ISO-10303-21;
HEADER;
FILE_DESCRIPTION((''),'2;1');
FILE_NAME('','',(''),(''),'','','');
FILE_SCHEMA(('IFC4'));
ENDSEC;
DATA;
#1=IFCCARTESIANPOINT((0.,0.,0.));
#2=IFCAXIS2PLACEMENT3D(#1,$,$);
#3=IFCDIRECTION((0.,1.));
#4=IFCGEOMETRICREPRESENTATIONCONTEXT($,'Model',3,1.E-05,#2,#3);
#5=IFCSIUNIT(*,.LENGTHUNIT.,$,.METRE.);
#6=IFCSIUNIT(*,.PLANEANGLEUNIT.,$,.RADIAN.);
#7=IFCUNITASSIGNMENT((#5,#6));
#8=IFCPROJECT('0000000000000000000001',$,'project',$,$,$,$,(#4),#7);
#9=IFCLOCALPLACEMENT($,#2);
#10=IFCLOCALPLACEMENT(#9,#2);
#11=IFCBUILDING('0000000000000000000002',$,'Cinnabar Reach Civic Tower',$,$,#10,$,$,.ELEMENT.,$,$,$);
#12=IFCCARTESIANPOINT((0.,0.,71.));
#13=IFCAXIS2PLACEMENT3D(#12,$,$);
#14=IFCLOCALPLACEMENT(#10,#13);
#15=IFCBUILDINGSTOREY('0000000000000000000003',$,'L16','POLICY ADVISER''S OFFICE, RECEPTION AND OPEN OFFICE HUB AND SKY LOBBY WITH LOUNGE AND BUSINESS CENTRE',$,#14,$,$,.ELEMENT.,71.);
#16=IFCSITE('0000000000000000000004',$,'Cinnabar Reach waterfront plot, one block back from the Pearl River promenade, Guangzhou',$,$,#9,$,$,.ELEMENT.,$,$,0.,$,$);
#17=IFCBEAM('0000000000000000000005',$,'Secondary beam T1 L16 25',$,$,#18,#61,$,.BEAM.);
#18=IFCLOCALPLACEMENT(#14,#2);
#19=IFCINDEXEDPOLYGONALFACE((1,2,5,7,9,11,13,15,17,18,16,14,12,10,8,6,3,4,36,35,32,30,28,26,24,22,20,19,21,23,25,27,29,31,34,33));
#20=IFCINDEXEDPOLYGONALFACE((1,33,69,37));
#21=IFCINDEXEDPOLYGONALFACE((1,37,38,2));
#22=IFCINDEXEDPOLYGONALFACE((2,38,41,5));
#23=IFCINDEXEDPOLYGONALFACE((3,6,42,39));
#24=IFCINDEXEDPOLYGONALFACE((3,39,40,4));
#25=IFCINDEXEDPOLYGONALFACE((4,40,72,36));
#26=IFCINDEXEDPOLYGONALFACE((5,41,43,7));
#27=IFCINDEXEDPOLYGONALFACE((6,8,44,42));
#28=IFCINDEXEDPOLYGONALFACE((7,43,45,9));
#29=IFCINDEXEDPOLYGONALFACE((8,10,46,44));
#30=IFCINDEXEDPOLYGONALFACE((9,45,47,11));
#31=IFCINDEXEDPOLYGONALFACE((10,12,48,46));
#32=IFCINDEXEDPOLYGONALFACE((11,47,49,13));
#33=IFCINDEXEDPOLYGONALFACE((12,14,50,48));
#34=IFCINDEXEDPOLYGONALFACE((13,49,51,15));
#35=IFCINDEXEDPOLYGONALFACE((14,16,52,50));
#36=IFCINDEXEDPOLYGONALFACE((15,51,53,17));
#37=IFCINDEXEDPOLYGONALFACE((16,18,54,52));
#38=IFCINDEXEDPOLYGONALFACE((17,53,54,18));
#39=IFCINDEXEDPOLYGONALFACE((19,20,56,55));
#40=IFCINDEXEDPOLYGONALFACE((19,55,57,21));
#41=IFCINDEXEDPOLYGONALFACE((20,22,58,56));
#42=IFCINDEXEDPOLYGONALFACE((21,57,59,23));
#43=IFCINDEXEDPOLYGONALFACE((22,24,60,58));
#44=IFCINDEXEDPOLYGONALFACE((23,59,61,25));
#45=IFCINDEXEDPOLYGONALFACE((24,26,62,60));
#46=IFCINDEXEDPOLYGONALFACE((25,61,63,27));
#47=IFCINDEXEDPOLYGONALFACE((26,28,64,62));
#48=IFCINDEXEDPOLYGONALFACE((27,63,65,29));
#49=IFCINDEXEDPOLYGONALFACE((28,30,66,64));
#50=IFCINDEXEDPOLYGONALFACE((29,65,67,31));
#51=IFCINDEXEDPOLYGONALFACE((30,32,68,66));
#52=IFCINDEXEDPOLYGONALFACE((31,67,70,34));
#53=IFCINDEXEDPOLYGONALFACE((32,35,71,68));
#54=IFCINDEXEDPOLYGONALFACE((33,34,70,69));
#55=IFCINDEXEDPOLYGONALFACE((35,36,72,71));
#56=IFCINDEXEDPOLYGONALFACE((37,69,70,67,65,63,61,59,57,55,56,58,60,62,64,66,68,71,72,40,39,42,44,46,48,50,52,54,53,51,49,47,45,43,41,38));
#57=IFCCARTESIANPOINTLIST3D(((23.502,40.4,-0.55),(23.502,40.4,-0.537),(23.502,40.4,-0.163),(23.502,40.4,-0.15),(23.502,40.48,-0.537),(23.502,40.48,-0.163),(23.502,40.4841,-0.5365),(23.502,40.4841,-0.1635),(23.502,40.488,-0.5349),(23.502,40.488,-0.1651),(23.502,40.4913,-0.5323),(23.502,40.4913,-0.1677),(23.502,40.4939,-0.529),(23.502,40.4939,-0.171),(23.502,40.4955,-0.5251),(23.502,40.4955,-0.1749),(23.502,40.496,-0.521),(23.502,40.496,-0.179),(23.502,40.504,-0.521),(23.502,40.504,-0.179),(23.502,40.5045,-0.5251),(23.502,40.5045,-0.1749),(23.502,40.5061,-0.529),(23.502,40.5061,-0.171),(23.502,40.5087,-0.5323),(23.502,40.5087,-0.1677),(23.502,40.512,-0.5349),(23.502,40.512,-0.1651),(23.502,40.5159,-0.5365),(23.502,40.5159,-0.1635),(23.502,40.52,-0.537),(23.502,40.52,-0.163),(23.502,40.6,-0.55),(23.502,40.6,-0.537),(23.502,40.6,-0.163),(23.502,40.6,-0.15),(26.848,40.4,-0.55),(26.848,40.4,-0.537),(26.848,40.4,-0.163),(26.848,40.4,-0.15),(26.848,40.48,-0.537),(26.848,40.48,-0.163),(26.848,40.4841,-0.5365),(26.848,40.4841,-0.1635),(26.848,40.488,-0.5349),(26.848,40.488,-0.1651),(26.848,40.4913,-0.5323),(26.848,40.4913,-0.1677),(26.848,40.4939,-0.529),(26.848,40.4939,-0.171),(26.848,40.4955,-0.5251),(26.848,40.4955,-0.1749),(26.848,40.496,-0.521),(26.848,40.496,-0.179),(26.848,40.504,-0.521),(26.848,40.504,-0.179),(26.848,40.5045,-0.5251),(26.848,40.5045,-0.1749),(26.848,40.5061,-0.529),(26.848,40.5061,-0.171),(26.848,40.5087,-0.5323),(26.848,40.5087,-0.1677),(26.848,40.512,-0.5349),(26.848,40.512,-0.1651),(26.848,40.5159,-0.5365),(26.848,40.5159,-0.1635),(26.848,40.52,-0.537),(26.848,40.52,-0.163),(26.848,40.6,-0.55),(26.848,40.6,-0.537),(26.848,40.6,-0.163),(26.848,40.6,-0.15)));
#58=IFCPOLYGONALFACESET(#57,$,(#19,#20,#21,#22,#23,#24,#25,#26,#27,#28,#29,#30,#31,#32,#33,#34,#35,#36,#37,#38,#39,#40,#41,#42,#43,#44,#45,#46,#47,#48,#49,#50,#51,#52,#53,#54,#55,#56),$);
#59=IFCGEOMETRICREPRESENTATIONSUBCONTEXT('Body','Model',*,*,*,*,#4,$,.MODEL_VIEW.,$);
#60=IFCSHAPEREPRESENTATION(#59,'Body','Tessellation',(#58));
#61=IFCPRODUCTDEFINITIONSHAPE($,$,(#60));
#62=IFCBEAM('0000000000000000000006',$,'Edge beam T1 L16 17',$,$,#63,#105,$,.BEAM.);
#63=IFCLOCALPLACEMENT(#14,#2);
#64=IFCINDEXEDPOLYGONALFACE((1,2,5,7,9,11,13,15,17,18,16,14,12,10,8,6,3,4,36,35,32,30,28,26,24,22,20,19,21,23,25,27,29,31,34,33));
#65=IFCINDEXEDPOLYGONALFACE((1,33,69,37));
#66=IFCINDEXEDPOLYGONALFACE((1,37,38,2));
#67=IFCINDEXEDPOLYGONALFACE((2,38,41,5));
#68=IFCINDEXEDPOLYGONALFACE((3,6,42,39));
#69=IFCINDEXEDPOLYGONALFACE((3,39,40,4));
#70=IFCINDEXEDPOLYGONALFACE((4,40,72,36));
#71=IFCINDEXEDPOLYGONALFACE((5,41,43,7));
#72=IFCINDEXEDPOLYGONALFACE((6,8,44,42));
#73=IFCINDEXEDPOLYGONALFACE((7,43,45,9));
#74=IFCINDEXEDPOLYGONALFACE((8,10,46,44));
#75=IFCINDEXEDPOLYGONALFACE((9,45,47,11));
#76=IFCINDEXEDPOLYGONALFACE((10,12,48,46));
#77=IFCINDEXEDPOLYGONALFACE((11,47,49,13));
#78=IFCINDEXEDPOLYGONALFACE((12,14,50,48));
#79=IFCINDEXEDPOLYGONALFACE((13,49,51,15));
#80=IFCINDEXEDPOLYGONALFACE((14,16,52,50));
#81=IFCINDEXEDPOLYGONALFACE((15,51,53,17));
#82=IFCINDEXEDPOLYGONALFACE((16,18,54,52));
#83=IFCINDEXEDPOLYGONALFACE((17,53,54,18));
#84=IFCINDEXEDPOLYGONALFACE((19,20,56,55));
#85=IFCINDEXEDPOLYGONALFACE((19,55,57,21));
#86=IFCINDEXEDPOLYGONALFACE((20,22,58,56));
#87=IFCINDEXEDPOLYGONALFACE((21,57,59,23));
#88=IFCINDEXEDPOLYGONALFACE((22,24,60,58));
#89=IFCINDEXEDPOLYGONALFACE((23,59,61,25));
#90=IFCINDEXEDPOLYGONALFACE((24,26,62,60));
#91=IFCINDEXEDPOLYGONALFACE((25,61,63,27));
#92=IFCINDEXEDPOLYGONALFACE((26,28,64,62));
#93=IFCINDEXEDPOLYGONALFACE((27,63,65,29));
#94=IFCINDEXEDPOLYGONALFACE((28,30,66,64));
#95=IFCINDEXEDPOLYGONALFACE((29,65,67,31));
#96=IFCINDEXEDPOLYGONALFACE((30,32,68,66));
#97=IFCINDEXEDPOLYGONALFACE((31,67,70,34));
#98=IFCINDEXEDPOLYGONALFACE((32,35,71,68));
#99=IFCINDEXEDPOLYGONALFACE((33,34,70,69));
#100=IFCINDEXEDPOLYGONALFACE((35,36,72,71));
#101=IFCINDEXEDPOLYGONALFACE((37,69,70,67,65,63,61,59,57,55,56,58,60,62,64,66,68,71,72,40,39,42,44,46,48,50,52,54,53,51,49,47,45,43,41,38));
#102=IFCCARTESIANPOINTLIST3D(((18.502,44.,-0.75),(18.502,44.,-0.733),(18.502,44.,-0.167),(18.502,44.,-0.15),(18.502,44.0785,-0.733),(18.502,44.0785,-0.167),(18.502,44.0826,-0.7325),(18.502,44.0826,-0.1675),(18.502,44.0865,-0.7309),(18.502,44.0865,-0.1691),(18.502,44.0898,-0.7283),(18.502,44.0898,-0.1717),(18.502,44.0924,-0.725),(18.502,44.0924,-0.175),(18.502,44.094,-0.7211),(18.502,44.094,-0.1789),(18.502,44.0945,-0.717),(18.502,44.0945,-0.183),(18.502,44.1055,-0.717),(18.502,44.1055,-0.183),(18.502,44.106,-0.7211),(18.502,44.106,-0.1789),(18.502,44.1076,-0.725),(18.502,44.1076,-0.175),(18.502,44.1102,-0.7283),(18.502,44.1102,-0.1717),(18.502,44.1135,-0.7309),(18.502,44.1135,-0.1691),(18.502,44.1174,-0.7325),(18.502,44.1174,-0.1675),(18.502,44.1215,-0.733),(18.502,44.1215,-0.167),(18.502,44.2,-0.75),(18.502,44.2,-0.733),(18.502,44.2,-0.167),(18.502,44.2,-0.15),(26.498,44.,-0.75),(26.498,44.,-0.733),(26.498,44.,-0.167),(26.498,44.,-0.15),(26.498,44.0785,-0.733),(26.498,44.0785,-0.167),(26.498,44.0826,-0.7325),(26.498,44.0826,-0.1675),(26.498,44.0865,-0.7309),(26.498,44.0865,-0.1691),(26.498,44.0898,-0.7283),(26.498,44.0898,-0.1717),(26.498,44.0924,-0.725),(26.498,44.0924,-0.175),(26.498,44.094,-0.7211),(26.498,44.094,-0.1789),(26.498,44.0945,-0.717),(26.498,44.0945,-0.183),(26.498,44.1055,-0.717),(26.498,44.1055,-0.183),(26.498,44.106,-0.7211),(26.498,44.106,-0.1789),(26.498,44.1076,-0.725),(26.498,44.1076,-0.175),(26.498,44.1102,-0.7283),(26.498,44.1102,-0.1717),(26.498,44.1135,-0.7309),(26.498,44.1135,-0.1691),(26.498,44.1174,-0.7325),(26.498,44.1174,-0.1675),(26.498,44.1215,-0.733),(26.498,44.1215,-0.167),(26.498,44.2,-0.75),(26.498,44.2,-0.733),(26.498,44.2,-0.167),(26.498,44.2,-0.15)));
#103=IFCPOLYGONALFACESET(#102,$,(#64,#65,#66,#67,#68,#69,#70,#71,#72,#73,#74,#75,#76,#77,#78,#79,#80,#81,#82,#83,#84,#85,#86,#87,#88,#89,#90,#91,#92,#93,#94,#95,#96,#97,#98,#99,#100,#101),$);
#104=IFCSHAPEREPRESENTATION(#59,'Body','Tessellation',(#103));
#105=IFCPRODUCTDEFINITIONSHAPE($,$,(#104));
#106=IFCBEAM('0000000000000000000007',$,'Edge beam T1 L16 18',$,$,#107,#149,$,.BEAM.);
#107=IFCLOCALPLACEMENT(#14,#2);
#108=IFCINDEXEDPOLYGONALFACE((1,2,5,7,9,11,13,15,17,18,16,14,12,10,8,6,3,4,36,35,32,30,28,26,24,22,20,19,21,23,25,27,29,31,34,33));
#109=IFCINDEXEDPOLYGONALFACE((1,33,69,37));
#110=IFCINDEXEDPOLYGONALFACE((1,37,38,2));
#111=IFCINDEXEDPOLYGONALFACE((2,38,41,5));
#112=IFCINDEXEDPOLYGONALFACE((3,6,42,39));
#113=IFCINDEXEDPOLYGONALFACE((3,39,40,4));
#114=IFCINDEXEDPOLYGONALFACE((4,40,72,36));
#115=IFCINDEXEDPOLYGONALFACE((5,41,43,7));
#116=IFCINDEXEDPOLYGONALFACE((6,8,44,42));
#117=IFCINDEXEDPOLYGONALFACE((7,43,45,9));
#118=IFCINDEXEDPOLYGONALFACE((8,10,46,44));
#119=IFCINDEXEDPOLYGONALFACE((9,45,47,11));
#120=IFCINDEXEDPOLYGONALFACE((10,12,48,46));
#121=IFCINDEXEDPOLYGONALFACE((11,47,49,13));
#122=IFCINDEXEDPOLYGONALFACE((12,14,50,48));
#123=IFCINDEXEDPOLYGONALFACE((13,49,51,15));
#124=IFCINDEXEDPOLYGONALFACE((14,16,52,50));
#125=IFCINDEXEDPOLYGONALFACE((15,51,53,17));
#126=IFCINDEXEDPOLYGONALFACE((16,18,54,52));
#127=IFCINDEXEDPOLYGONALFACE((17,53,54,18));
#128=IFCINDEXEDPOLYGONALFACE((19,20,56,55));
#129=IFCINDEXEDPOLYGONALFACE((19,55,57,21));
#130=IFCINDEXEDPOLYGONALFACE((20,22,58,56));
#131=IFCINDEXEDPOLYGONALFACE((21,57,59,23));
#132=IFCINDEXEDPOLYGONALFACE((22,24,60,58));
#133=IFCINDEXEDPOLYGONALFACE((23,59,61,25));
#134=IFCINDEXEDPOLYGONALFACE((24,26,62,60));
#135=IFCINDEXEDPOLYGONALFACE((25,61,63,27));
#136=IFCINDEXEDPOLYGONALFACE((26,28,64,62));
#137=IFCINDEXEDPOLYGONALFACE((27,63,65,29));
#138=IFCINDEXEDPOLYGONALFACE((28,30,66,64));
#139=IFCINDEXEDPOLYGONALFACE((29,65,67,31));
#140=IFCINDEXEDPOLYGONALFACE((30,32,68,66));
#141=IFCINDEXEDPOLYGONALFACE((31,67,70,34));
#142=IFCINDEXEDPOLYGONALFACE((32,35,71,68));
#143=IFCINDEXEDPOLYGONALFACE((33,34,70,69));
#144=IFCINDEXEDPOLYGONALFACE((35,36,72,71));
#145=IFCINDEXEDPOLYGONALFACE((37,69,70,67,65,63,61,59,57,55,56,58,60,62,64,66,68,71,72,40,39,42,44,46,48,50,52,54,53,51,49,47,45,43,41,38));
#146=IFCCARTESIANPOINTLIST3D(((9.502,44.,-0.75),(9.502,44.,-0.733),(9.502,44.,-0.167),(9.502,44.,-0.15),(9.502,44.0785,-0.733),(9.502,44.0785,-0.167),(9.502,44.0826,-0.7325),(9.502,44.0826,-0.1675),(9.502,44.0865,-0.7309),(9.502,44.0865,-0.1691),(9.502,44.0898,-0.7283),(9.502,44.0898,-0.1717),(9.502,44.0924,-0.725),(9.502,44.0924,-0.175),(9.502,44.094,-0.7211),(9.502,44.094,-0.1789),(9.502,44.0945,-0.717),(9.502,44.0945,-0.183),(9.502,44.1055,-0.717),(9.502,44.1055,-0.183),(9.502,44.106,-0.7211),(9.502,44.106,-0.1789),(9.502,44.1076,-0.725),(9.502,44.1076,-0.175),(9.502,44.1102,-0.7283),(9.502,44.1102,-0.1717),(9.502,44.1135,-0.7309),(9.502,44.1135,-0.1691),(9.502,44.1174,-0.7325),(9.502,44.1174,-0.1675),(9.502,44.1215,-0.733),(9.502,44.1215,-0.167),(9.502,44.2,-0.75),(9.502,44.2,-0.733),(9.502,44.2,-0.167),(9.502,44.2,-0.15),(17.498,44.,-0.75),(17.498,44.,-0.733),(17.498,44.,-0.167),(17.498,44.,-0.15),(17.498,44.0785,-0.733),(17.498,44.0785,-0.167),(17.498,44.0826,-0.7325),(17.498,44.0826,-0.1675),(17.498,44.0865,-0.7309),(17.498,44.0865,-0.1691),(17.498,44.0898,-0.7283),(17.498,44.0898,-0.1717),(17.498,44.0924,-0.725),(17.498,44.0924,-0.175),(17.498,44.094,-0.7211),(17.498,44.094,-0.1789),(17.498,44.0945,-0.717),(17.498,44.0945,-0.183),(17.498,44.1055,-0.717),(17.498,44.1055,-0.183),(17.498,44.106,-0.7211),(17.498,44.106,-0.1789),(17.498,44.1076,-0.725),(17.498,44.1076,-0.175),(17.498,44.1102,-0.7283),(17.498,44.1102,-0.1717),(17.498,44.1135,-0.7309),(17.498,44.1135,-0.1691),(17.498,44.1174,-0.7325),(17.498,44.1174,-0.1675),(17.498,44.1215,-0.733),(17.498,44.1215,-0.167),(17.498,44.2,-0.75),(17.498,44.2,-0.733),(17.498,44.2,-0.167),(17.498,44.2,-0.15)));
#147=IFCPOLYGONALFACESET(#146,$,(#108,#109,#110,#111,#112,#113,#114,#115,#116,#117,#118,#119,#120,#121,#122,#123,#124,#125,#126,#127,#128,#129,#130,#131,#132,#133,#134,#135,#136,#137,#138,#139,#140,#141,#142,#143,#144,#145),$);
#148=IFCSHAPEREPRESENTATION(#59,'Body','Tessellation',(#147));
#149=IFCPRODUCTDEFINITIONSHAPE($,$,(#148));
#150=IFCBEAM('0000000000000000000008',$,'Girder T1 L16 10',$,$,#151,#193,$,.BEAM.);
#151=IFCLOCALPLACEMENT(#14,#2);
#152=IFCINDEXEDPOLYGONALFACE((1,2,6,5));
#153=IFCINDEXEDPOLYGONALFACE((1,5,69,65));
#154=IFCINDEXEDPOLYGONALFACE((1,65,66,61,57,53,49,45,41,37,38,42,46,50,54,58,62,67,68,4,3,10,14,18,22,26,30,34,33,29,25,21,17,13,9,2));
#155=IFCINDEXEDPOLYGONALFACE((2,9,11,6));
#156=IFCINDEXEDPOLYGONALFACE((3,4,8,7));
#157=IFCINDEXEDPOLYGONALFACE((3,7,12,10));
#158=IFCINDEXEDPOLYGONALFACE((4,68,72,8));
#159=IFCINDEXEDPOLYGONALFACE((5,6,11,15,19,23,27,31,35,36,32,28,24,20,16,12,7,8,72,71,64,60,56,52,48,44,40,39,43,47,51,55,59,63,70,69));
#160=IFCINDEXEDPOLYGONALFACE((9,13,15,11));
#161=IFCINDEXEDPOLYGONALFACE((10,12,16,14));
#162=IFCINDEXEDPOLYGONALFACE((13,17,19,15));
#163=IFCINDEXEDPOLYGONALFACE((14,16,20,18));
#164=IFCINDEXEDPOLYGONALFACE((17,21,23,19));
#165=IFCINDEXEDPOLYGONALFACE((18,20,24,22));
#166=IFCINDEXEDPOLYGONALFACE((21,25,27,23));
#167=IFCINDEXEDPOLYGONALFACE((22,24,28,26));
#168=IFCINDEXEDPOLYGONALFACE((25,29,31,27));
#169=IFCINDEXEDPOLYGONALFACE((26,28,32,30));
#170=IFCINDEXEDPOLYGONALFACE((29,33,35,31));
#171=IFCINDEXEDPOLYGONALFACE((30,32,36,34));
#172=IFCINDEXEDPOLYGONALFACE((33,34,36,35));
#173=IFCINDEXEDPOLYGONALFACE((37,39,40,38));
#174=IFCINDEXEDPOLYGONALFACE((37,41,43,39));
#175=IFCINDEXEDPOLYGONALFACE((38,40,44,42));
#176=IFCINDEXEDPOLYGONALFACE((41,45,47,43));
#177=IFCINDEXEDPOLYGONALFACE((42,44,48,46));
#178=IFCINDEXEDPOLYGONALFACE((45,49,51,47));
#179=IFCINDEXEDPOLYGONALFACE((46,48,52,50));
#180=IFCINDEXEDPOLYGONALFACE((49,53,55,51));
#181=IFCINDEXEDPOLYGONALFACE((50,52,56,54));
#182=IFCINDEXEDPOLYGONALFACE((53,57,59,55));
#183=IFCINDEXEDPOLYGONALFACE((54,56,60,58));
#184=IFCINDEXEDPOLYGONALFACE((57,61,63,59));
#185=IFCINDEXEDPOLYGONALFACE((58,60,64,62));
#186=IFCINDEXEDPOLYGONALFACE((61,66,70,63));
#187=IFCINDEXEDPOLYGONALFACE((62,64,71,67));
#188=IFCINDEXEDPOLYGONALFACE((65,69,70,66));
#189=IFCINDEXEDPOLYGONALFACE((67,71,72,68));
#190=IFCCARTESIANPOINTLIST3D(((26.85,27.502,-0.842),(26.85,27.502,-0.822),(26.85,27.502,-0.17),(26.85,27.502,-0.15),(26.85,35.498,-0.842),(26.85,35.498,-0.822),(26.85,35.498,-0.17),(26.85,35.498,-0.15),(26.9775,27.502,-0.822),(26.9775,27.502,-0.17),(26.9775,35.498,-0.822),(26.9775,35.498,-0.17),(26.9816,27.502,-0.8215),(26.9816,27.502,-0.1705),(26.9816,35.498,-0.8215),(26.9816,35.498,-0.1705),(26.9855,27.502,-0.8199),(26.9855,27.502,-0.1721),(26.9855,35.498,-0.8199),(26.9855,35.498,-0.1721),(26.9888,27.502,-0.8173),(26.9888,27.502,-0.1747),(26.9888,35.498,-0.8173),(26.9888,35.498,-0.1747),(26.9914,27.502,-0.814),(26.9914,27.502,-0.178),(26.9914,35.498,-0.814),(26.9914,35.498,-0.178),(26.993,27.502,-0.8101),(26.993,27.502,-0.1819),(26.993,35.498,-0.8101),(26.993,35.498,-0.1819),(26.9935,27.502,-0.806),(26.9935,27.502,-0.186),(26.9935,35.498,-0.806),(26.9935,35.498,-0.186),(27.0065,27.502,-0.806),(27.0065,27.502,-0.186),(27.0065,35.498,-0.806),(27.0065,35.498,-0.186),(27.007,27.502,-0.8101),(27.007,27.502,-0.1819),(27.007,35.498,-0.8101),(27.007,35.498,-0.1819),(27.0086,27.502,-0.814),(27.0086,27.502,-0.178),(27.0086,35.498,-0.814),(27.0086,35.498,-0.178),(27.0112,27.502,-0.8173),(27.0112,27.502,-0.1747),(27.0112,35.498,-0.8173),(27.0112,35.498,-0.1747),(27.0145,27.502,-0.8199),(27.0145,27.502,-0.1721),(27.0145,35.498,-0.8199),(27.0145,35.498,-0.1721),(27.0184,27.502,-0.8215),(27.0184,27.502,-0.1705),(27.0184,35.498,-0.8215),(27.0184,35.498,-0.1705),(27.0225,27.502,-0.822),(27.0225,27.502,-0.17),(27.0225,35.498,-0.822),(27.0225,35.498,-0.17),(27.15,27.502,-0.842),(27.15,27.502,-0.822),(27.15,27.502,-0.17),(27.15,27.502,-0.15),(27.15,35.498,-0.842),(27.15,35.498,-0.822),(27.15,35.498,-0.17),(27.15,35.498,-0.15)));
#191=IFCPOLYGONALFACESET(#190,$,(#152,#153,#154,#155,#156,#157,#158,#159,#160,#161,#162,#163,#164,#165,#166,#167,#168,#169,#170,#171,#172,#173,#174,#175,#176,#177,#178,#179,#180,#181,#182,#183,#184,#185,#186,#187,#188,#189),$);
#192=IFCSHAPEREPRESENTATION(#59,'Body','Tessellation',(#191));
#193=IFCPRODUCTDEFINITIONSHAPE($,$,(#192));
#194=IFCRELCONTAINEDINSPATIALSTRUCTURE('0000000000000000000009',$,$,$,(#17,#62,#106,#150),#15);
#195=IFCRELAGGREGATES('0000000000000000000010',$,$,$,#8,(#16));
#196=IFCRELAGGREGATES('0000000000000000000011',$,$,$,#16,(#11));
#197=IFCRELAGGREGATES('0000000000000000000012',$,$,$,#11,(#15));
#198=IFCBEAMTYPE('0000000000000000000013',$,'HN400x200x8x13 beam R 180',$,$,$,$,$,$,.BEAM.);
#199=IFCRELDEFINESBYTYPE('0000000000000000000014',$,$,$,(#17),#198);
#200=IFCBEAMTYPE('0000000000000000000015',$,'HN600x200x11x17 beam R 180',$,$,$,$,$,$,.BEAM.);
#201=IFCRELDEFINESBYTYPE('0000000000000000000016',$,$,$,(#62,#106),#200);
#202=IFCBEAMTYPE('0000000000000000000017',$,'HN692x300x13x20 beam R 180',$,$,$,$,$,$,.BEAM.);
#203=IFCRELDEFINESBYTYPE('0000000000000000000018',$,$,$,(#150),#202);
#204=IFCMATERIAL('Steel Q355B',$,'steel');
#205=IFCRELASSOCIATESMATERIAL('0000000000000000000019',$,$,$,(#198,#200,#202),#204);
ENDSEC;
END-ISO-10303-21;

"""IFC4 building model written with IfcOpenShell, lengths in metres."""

from ifc_helpers import new_model, si_unit, direction, frame, origin, origin_2d, place, context, subcontext, project, spatial, i_section, extrude, material, material_profile, profile_set, type_object, element, save


model = new_model("IFC4")

# Units and contexts
model_context = context("Model", 3, precision=1e-05, world=origin(), true_north=direction((0.0, 1.0)))
body_context = subcontext(model_context, "Body", "Model", "MODEL_VIEW")
ifc_project = project(units=[si_unit("LENGTHUNIT", "METRE"), si_unit("PLANEANGLEUNIT", "RADIAN")], contexts=[model_context])

# Site, building, storey
site_placement = place(None, origin())
site = spatial("IfcSite", under=ifc_project, at=site_placement, Name="Cinnabar Reach waterfront plot, one block back from the Pearl River promenade, Guangzhou", CompositionType="ELEMENT", RefElevation=0.0)
building_placement = place(site_placement, origin())
building = spatial("IfcBuilding", under=site, at=building_placement, Name="Cinnabar Reach Civic Tower", CompositionType="ELEMENT")
storey_placement = place(building_placement, frame((0.0, 0.0, 71.0)))
storey = spatial("IfcBuildingStorey", under=building, at=storey_placement, Name="L16", Description="POLICY ADVISER'S OFFICE, RECEPTION AND OPEN OFFICE HUB AND SKY LOBBY WITH LOUNGE AND BUSINESS CENTRE", CompositionType="ELEMENT", Elevation=71.0)

# Beams
ifc_material_1 = material(Name="Steel Q355B", Category="steel")
ifc_material_profile_1 = material_profile(ifc_material_1, i_section(OverallWidth=0.2, OverallDepth=0.4, WebThickness=0.008, FlangeThickness=0.013, FilletRadius=0.016, at=origin_2d()), Name="HN400x200x8x13")
ifc_profile_set_1 = profile_set([ifc_material_profile_1], Name="Steel Q355B")
beam_type_1 = type_object("IfcBeamType", Name="HN400x200x8x13 beam R 180", PredefinedType="BEAM", material=ifc_profile_set_1)
for number, where, z_axis, x_axis, name in (
    (1, (23.502, 40.5, -0.35), (1.0, 0.0, 0.0), (0.0, 1.0, 0.0), "Secondary beam T1 L16 25"),
):
    element("IfcBeam", number, at=place(storey_placement, frame(where, z_axis=z_axis, x_axis=x_axis)), inside=storey, type_object=beam_type_1, Name=name, PredefinedType="BEAM", context=body_context, shape_type="SweptSolid", body=[
        extrude(i_section(OverallWidth=0.2, OverallDepth=0.4, WebThickness=0.008, FlangeThickness=0.013, FilletRadius=0.016, at=origin_2d()), origin(), (0.0, 0.0, 1.0), 3.346),
    ])
ifc_material_profile_2 = material_profile(ifc_material_1, i_section(OverallWidth=0.2, OverallDepth=0.6, WebThickness=0.011, FlangeThickness=0.017, FilletRadius=0.016, at=origin_2d()), Name="HN600x200x11x17")
ifc_profile_set_2 = profile_set([ifc_material_profile_2], Name="Steel Q355B")
beam_type_2 = type_object("IfcBeamType", Name="HN600x200x11x17 beam R 180", PredefinedType="BEAM", material=ifc_profile_set_2)
for number, where, z_axis, x_axis, name in (
    (2, (26.498, 44.1, -0.45), (-1.0, 0.0, 0.0), (0.0, -1.0, 0.0), "Edge beam T1 L16 17"),
    (3, (17.498, 44.1, -0.45), (-1.0, 0.0, 0.0), (0.0, -1.0, 0.0), "Edge beam T1 L16 18"),
):
    element("IfcBeam", number, at=place(storey_placement, frame(where, z_axis=z_axis, x_axis=x_axis)), inside=storey, type_object=beam_type_2, Name=name, PredefinedType="BEAM", context=body_context, shape_type="SweptSolid", body=[
        extrude(i_section(OverallWidth=0.2, OverallDepth=0.6, WebThickness=0.011, FlangeThickness=0.017, FilletRadius=0.016, at=origin_2d()), origin(), (0.0, 0.0, 1.0), 7.996),
    ])
ifc_material_profile_3 = material_profile(ifc_material_1, i_section(OverallWidth=0.3, OverallDepth=0.692, WebThickness=0.013, FlangeThickness=0.02, FilletRadius=0.016, at=origin_2d()), Name="HN692x300x13x20")
ifc_profile_set_3 = profile_set([ifc_material_profile_3], Name="Steel Q355B")
beam_type_3 = type_object("IfcBeamType", Name="HN692x300x13x20 beam R 180", PredefinedType="BEAM", material=ifc_profile_set_3)
beam_placement = place(storey_placement, frame((27.0, 27.502, -0.496), z_axis=(0.0, 1.0, 0.0), x_axis=(-1.0, 0.0, 0.0)))
element("IfcBeam", 4, at=beam_placement, inside=storey, type_object=beam_type_3, Name="Girder T1 L16 10", PredefinedType="BEAM", context=body_context, shape_type="SweptSolid", body=[
    extrude(i_section(OverallWidth=0.3, OverallDepth=0.692, WebThickness=0.013, FlangeThickness=0.02, FilletRadius=0.016, at=origin_2d()), origin(), (0.0, 0.0, 1.0), 7.996),
])

save(model, "model.ifc")
